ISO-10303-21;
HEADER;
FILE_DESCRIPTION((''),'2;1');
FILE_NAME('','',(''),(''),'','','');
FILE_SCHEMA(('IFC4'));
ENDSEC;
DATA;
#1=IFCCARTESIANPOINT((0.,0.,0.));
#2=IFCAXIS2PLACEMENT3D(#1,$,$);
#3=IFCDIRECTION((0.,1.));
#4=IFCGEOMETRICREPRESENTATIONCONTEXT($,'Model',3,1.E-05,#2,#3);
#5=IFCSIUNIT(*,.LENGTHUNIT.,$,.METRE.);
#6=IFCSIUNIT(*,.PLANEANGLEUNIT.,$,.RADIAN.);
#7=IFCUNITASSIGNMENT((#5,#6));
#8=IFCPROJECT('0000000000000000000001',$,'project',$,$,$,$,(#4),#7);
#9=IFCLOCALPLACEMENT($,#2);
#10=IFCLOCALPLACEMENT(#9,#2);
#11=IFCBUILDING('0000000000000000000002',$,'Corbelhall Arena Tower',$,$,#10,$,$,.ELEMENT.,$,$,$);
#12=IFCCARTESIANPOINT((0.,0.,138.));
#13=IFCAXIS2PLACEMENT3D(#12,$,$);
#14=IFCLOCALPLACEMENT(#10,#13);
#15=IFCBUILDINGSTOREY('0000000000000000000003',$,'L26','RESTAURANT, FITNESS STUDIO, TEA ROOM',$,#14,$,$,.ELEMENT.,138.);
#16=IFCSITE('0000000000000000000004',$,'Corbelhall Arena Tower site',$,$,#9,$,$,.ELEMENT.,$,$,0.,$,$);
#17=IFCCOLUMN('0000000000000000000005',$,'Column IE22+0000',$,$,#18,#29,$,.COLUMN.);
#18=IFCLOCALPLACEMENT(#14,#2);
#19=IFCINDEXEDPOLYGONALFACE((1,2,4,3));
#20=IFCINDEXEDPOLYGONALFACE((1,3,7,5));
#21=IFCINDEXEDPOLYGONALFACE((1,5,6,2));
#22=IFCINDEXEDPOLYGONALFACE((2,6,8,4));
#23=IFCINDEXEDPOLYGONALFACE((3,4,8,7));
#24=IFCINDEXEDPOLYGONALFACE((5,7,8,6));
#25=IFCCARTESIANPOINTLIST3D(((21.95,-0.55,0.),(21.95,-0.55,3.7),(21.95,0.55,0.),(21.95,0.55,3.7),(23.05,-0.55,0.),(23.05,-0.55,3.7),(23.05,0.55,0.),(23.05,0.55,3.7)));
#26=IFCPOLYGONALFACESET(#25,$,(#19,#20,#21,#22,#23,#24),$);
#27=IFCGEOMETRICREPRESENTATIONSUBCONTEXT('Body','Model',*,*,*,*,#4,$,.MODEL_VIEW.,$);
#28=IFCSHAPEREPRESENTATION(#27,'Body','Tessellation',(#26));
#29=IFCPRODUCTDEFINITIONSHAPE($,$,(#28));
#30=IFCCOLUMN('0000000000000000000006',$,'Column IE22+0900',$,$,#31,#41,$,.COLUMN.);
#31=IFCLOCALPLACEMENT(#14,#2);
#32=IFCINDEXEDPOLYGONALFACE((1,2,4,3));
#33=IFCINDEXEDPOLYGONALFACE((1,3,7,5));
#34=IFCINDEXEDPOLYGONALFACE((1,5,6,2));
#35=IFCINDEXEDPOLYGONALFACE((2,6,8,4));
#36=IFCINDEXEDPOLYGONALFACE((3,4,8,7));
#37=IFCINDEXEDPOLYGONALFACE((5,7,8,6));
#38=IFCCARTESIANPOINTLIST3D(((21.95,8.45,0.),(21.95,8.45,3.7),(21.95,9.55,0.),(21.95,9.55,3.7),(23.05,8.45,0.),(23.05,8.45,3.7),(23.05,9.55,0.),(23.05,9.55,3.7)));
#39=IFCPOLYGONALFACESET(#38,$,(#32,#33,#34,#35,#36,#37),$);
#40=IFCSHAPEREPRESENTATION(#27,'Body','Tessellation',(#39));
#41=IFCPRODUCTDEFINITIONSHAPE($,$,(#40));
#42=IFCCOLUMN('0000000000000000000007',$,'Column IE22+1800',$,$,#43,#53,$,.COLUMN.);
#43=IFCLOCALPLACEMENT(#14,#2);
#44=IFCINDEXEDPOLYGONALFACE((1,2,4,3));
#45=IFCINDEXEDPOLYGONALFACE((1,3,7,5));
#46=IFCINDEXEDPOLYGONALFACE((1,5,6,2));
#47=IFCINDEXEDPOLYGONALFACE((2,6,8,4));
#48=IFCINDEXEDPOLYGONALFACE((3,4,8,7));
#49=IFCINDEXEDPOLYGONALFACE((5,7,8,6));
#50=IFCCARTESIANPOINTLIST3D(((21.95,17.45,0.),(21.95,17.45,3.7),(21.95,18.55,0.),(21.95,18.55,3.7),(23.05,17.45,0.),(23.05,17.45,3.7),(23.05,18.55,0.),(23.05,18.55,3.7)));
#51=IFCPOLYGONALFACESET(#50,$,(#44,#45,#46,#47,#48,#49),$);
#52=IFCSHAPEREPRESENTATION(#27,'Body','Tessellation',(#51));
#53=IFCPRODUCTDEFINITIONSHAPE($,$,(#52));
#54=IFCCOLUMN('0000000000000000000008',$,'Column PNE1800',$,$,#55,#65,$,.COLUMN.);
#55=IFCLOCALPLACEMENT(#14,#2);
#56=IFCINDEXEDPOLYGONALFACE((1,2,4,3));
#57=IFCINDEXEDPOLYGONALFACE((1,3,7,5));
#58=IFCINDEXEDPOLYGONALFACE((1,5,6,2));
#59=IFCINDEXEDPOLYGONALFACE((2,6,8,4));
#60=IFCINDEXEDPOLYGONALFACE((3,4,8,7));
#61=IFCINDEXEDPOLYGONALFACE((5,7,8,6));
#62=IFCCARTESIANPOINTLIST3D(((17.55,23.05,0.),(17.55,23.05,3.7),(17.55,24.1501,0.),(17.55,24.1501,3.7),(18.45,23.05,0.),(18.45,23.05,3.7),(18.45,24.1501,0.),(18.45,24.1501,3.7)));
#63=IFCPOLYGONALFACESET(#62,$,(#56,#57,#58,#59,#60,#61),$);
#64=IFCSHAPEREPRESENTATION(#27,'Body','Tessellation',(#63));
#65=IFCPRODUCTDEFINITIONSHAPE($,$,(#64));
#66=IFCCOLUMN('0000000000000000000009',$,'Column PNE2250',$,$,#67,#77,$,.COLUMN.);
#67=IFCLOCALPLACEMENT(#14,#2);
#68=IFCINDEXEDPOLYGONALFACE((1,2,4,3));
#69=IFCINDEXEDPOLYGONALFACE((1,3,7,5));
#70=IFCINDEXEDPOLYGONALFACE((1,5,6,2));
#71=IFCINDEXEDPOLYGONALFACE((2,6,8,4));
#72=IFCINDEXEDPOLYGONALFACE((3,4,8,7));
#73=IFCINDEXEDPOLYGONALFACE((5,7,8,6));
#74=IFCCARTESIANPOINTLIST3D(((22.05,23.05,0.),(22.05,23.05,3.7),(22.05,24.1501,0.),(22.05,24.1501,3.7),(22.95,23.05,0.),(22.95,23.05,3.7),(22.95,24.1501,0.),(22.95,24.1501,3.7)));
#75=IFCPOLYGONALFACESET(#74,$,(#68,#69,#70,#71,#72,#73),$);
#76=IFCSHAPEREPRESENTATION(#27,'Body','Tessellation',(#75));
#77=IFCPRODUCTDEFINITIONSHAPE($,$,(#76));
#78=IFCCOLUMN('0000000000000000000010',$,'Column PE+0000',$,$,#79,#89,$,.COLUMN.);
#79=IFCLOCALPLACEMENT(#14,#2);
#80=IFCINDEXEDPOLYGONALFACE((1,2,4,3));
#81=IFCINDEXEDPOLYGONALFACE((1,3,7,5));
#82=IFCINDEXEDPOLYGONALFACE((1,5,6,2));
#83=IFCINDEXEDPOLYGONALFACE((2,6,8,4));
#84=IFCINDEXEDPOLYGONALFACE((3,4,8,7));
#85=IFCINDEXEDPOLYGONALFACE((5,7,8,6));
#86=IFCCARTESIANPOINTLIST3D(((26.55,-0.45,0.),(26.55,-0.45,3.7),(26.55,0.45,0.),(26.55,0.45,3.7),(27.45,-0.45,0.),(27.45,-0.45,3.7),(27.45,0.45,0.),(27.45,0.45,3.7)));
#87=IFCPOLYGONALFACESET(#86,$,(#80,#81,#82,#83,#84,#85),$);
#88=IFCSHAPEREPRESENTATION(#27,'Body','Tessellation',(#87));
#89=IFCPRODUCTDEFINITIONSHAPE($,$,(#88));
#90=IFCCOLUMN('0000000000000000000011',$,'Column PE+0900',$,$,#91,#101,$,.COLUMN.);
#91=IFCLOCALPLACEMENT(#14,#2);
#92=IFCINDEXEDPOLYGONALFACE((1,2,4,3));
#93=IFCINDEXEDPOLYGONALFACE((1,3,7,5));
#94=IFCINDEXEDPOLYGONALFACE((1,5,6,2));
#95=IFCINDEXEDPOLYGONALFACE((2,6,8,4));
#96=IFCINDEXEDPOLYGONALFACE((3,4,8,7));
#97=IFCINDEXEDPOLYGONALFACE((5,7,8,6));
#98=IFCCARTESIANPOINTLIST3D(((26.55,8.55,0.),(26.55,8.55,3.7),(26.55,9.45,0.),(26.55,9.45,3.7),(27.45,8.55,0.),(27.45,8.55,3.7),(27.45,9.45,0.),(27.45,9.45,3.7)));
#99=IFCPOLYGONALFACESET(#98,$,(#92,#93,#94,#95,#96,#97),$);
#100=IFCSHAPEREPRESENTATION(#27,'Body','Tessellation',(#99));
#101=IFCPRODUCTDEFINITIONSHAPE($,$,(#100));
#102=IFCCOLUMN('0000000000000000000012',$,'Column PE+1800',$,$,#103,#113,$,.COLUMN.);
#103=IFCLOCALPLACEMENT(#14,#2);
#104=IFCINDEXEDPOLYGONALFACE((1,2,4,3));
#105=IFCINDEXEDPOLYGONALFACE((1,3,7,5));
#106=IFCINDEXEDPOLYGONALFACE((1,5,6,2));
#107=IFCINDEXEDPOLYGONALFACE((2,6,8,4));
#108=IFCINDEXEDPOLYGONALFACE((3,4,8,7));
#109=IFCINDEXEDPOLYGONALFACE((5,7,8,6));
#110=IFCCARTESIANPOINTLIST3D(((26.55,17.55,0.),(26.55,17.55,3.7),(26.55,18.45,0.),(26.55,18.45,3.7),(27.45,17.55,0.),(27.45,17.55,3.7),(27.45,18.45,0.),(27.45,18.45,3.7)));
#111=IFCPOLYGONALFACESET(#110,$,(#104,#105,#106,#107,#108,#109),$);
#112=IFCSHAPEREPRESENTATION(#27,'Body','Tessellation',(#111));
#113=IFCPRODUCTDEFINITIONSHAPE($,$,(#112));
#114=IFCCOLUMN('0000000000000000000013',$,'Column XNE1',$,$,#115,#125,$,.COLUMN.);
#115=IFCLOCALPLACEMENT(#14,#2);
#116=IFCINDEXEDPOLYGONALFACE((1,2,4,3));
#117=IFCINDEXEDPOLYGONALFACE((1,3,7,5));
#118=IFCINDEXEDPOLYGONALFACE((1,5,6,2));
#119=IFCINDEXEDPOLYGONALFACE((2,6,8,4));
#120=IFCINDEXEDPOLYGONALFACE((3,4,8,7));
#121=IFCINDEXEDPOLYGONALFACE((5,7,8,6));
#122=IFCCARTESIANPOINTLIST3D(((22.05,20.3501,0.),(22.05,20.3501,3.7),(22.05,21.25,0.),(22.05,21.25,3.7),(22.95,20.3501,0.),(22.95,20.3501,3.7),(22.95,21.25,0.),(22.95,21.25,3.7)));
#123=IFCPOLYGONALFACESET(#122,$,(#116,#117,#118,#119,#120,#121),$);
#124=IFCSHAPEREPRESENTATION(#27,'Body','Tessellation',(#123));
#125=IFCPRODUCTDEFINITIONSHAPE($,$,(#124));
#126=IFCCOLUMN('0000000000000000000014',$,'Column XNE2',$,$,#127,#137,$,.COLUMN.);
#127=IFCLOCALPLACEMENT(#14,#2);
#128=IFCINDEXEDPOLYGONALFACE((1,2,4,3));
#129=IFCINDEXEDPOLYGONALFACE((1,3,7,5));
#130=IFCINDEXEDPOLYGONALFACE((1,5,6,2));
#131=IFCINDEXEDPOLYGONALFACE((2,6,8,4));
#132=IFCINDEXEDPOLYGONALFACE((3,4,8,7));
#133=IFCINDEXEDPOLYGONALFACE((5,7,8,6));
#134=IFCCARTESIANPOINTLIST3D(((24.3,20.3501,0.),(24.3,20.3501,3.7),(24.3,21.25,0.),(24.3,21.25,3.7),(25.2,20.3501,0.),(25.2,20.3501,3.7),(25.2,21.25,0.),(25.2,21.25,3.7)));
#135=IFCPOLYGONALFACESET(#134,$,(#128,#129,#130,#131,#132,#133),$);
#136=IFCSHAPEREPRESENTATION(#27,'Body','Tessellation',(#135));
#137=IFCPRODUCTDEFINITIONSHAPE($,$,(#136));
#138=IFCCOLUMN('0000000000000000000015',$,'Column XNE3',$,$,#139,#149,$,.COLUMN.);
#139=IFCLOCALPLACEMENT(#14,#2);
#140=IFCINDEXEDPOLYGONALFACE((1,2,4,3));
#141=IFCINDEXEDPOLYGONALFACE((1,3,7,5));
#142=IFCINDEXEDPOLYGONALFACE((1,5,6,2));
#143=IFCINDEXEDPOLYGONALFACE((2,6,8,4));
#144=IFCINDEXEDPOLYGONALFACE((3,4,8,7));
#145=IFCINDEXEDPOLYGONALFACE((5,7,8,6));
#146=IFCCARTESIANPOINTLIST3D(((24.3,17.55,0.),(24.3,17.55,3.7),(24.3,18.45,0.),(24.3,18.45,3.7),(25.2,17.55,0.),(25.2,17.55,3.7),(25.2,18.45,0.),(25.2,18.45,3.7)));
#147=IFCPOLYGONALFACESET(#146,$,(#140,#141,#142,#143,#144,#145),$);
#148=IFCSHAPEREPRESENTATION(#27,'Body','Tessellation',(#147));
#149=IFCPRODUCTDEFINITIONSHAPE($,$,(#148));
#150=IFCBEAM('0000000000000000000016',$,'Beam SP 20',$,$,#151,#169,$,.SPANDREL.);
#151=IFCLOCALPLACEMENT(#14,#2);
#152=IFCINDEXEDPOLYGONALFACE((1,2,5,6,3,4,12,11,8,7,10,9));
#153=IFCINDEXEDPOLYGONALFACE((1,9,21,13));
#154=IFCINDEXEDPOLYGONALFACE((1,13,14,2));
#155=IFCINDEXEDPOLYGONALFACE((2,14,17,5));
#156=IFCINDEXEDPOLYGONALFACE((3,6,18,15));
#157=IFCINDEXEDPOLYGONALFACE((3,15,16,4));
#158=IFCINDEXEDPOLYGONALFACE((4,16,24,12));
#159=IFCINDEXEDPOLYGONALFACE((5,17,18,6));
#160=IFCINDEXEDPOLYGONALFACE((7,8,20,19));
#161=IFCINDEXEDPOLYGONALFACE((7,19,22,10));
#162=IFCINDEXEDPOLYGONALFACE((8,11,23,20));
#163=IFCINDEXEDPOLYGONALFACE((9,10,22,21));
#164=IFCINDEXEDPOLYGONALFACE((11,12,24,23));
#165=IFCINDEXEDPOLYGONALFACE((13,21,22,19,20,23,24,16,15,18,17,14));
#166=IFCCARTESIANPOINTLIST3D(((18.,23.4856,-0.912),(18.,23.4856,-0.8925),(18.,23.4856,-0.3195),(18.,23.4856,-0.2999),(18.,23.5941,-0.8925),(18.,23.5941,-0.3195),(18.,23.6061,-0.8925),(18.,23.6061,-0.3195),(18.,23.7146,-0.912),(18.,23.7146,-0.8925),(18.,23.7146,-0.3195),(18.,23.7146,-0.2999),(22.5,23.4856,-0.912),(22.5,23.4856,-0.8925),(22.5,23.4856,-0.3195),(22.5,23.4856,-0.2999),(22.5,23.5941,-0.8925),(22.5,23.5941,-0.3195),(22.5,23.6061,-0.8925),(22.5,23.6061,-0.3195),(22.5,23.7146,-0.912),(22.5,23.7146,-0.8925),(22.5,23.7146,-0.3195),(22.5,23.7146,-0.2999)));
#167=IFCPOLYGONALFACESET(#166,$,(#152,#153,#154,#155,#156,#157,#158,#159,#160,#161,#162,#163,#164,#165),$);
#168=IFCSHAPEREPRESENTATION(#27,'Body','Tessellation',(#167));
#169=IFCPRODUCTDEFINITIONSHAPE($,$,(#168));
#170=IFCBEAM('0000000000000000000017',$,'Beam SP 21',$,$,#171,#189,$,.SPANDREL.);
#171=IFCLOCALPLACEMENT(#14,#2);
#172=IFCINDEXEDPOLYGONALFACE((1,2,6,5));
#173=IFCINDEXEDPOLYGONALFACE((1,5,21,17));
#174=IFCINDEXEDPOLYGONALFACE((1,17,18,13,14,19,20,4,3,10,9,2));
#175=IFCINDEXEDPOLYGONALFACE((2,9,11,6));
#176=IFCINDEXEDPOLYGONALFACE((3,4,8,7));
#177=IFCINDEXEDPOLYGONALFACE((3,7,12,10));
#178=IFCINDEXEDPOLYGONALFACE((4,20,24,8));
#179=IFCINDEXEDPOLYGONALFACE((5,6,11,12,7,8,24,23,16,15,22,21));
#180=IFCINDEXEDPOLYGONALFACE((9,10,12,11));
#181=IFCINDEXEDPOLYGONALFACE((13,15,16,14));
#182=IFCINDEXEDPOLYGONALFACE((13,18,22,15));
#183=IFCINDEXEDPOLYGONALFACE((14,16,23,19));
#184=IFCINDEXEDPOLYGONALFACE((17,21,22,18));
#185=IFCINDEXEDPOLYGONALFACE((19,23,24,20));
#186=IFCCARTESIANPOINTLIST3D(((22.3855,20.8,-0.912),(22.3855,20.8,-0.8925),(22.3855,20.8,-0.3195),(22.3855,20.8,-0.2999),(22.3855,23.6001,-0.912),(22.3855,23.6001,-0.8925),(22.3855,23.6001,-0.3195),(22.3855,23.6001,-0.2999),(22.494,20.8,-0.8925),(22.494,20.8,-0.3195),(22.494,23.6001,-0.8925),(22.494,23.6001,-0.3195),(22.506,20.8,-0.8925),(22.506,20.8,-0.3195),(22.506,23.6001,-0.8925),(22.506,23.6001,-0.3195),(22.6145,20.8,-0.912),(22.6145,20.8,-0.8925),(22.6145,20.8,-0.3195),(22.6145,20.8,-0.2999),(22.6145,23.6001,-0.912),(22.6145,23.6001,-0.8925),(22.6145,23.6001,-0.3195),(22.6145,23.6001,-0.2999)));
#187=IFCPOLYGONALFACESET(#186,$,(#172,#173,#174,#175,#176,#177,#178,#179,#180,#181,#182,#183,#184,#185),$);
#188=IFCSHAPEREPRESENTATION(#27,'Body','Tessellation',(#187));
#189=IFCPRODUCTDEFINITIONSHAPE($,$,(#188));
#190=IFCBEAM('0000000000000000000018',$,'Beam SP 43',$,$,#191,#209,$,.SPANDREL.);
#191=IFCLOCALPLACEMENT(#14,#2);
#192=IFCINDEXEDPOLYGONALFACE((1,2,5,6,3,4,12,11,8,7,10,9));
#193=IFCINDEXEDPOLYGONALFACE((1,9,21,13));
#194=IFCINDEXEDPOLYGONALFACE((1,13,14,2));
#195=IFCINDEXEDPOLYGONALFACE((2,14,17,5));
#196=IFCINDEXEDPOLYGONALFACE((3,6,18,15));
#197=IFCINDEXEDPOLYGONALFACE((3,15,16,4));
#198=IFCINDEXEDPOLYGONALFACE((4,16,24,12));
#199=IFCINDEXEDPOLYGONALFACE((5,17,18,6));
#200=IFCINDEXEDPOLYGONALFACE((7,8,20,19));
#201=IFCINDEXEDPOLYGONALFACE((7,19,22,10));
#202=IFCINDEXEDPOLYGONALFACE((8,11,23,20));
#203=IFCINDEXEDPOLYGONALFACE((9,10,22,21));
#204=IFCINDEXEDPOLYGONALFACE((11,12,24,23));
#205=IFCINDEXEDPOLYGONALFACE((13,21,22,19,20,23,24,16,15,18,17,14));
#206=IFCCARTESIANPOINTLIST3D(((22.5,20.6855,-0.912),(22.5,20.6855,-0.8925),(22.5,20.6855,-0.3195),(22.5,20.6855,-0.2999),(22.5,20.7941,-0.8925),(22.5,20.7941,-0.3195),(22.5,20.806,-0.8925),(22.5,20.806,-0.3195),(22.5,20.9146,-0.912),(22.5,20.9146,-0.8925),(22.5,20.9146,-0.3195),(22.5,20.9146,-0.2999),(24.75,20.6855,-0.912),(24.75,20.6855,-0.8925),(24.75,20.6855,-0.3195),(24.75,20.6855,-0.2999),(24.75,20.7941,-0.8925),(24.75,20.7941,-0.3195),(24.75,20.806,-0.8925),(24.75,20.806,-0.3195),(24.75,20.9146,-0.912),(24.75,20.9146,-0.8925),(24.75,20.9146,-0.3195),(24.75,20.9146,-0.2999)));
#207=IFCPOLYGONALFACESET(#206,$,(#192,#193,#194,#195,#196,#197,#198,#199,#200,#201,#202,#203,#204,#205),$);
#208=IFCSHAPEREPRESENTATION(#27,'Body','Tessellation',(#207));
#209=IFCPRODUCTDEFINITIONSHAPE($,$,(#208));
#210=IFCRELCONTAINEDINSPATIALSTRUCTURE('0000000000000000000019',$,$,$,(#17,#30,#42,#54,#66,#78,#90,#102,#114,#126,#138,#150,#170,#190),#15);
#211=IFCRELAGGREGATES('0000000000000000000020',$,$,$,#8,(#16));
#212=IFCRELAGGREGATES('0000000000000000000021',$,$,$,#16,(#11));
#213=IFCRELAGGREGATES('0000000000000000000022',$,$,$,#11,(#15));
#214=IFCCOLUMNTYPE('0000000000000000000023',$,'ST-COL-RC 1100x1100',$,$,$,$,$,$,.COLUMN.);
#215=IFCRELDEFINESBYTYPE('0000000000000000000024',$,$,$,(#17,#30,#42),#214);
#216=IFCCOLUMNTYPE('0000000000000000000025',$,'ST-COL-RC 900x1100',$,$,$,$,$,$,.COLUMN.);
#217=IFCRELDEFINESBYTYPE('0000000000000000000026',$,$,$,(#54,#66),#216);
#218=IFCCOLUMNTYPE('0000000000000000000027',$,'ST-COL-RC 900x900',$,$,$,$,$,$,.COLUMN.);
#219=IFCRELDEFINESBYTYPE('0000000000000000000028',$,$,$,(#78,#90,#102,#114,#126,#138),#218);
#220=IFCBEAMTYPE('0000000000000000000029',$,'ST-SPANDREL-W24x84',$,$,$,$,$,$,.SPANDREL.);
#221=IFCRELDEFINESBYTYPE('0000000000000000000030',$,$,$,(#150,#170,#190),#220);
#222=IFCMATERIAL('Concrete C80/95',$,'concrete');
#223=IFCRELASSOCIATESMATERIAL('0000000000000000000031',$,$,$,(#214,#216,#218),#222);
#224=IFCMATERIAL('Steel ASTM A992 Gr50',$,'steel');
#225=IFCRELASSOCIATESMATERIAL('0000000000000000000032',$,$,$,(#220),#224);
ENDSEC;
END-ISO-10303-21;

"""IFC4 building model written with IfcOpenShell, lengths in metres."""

from ifc_helpers import new_model, si_unit, direction, frame, origin, origin_2d, place, context, subcontext, project, spatial, rectangle, i_section, extrude, material, material_profile, profile_set, type_object, element, save


model = new_model("IFC4")

# Units and contexts
model_context = context("Model", 3, precision=1e-05, world=origin(), true_north=direction((0.0, 1.0)))
body_context = subcontext(model_context, "Body", "Model", "MODEL_VIEW")
ifc_project = project(units=[si_unit("LENGTHUNIT", "METRE"), si_unit("PLANEANGLEUNIT", "RADIAN")], contexts=[model_context])

# Site, building, storey
site_placement = place(None, origin())
site = spatial("IfcSite", under=ifc_project, at=site_placement, Name="Corbelhall Arena Tower site", CompositionType="ELEMENT", RefElevation=0.0)
building_placement = place(site_placement, origin())
building = spatial("IfcBuilding", under=site, at=building_placement, Name="Corbelhall Arena Tower", CompositionType="ELEMENT")
storey_placement = place(building_placement, frame((0.0, 0.0, 138.0)))
storey = spatial("IfcBuildingStorey", under=building, at=storey_placement, Name="L26", Description="RESTAURANT, FITNESS STUDIO, TEA ROOM", CompositionType="ELEMENT", Elevation=138.0)

# Columns
ifc_material_1 = material(Name="Concrete C80/95", Category="concrete")
ifc_material_profile_1 = material_profile(ifc_material_1, rectangle(XDim=1.1001, YDim=1.1001, at=origin_2d()))
ifc_profile_set_1 = profile_set([ifc_material_profile_1], Name="Concrete C80/95")
column_type_1 = type_object("IfcColumnType", Name="ST-COL-RC 1100x1100", PredefinedType="COLUMN", material=ifc_profile_set_1)
for number, where, z_axis, x_axis, name in (
    (1, (22.5, 0.0, 0.0), (0.0, 0.0, 1.0), (1.0, 0.0, 0.0), "Column IE22+0000"),
    (2, (22.5, 9.0, 0.0), (0.0, 0.0, 1.0), (1.0, 0.0, 0.0), "Column IE22+0900"),
    (3, (22.5, 18.0, 0.0), (0.0, 0.0, 1.0), (1.0, 0.0, 0.0), "Column IE22+1800"),
):
    element("IfcColumn", number, at=place(storey_placement, frame(where, z_axis=z_axis, x_axis=x_axis)), inside=storey, type_object=column_type_1, Name=name, PredefinedType="COLUMN", context=body_context, shape_type="SweptSolid", body=[
        extrude(rectangle(XDim=1.1001, YDim=1.1001, at=origin_2d()), origin(), (0.0, 0.0, 1.0), 3.7),
    ])
ifc_material_profile_2 = material_profile(ifc_material_1, rectangle(XDim=0.8999, YDim=1.1001, at=origin_2d()))
ifc_profile_set_2 = profile_set([ifc_material_profile_2], Name="Concrete C80/95")
column_type_2 = type_object("IfcColumnType", Name="ST-COL-RC 900x1100", PredefinedType="COLUMN", material=ifc_profile_set_2)
for number, where, z_axis, x_axis, name in (
    (4, (18.0, 23.6001, 0.0), (0.0, 0.0, 1.0), (1.0, 0.0, 0.0), "Column PNE1800"),
    (5, (22.5, 23.6001, 0.0), (0.0, 0.0, 1.0), (1.0, 0.0, 0.0), "Column PNE2250"),
):
    element("IfcColumn", number, at=place(storey_placement, frame(where, z_axis=z_axis, x_axis=x_axis)), inside=storey, type_object=column_type_2, Name=name, PredefinedType="COLUMN", context=body_context, shape_type="SweptSolid", body=[
        extrude(rectangle(XDim=0.8999, YDim=1.1001, at=origin_2d()), origin(), (0.0, 0.0, 1.0), 3.7),
    ])
ifc_material_profile_3 = material_profile(ifc_material_1, rectangle(XDim=0.8999, YDim=0.8999, at=origin_2d()))
ifc_profile_set_3 = profile_set([ifc_material_profile_3], Name="Concrete C80/95")
column_type_3 = type_object("IfcColumnType", Name="ST-COL-RC 900x900", PredefinedType="COLUMN", material=ifc_profile_set_3)
for number, where, z_axis, x_axis, name in (
    (6, (27.0, 0.0, 0.0), (0.0, 0.0, 1.0), (1.0, 0.0, 0.0), "Column PE+0000"),
    (7, (27.0, 9.0, 0.0), (0.0, 0.0, 1.0), (1.0, 0.0, 0.0), "Column PE+0900"),
    (8, (27.0, 18.0, 0.0), (0.0, 0.0, 1.0), (1.0, 0.0, 0.0), "Column PE+1800"),
    (9, (22.5, 20.8, 0.0), (0.0, 0.0, 1.0), (1.0, 0.0, 0.0), "Column XNE1"),
    (10, (24.75, 20.8, 0.0), (0.0, 0.0, 1.0), (1.0, 0.0, 0.0), "Column XNE2"),
    (11, (24.75, 18.0, 0.0), (0.0, 0.0, 1.0), (1.0, 0.0, 0.0), "Column XNE3"),
):
    element("IfcColumn", number, at=place(storey_placement, frame(where, z_axis=z_axis, x_axis=x_axis)), inside=storey, type_object=column_type_3, Name=name, PredefinedType="COLUMN", context=body_context, shape_type="SweptSolid", body=[
        extrude(rectangle(XDim=0.8999, YDim=0.8999, at=origin_2d()), origin(), (0.0, 0.0, 1.0), 3.7),
    ])

# Beams
ifc_material_2 = material(Name="Steel ASTM A992 Gr50", Category="steel")
ifc_material_profile_4 = material_profile(ifc_material_2, i_section(OverallWidth=0.229, OverallDepth=0.6121, WebThickness=0.012, FlangeThickness=0.0195, at=origin_2d()))
ifc_profile_set_4 = profile_set([ifc_material_profile_4], Name="Steel ASTM A992 Gr50")
beam_type = type_object("IfcBeamType", Name="ST-SPANDREL-W24x84", PredefinedType="SPANDREL", material=ifc_profile_set_4)
beam_1_placement = place(storey_placement, frame((18.0, 23.6001, -0.606), z_axis=(1.0, 0.0, 0.0), x_axis=(0.0, 1.0, 0.0)))
element("IfcBeam", 12, at=beam_1_placement, inside=storey, type_object=beam_type, Name="Beam SP 20", PredefinedType="SPANDREL", context=body_context, shape_type="SweptSolid", body=[
    extrude(i_section(OverallWidth=0.229, OverallDepth=0.6121, WebThickness=0.012, FlangeThickness=0.0195, at=origin_2d()), origin(), (0.0, 0.0, 1.0), 4.5),
])
beam_2_placement = place(storey_placement, frame((22.5, 23.6001, -0.606), z_axis=(0.0, -1.0, 0.0), x_axis=(1.0, 0.0, 0.0)))
element("IfcBeam", 13, at=beam_2_placement, inside=storey, type_object=beam_type, Name="Beam SP 21", PredefinedType="SPANDREL", context=body_context, shape_type="SweptSolid", body=[
    extrude(i_section(OverallWidth=0.229, OverallDepth=0.6121, WebThickness=0.012, FlangeThickness=0.0195, at=origin_2d()), origin(), (0.0, 0.0, 1.0), 2.8),
])
beam_3_placement = place(storey_placement, frame((22.5, 20.8, -0.606), z_axis=(1.0, 0.0, 0.0), x_axis=(0.0, 1.0, 0.0)))
element("IfcBeam", 14, at=beam_3_placement, inside=storey, type_object=beam_type, Name="Beam SP 43", PredefinedType="SPANDREL", context=body_context, shape_type="SweptSolid", body=[
    extrude(i_section(OverallWidth=0.229, OverallDepth=0.6121, WebThickness=0.012, FlangeThickness=0.0195, at=origin_2d()), origin(), (0.0, 0.0, 1.0), 2.25),
])

save(model, "model.ifc")
